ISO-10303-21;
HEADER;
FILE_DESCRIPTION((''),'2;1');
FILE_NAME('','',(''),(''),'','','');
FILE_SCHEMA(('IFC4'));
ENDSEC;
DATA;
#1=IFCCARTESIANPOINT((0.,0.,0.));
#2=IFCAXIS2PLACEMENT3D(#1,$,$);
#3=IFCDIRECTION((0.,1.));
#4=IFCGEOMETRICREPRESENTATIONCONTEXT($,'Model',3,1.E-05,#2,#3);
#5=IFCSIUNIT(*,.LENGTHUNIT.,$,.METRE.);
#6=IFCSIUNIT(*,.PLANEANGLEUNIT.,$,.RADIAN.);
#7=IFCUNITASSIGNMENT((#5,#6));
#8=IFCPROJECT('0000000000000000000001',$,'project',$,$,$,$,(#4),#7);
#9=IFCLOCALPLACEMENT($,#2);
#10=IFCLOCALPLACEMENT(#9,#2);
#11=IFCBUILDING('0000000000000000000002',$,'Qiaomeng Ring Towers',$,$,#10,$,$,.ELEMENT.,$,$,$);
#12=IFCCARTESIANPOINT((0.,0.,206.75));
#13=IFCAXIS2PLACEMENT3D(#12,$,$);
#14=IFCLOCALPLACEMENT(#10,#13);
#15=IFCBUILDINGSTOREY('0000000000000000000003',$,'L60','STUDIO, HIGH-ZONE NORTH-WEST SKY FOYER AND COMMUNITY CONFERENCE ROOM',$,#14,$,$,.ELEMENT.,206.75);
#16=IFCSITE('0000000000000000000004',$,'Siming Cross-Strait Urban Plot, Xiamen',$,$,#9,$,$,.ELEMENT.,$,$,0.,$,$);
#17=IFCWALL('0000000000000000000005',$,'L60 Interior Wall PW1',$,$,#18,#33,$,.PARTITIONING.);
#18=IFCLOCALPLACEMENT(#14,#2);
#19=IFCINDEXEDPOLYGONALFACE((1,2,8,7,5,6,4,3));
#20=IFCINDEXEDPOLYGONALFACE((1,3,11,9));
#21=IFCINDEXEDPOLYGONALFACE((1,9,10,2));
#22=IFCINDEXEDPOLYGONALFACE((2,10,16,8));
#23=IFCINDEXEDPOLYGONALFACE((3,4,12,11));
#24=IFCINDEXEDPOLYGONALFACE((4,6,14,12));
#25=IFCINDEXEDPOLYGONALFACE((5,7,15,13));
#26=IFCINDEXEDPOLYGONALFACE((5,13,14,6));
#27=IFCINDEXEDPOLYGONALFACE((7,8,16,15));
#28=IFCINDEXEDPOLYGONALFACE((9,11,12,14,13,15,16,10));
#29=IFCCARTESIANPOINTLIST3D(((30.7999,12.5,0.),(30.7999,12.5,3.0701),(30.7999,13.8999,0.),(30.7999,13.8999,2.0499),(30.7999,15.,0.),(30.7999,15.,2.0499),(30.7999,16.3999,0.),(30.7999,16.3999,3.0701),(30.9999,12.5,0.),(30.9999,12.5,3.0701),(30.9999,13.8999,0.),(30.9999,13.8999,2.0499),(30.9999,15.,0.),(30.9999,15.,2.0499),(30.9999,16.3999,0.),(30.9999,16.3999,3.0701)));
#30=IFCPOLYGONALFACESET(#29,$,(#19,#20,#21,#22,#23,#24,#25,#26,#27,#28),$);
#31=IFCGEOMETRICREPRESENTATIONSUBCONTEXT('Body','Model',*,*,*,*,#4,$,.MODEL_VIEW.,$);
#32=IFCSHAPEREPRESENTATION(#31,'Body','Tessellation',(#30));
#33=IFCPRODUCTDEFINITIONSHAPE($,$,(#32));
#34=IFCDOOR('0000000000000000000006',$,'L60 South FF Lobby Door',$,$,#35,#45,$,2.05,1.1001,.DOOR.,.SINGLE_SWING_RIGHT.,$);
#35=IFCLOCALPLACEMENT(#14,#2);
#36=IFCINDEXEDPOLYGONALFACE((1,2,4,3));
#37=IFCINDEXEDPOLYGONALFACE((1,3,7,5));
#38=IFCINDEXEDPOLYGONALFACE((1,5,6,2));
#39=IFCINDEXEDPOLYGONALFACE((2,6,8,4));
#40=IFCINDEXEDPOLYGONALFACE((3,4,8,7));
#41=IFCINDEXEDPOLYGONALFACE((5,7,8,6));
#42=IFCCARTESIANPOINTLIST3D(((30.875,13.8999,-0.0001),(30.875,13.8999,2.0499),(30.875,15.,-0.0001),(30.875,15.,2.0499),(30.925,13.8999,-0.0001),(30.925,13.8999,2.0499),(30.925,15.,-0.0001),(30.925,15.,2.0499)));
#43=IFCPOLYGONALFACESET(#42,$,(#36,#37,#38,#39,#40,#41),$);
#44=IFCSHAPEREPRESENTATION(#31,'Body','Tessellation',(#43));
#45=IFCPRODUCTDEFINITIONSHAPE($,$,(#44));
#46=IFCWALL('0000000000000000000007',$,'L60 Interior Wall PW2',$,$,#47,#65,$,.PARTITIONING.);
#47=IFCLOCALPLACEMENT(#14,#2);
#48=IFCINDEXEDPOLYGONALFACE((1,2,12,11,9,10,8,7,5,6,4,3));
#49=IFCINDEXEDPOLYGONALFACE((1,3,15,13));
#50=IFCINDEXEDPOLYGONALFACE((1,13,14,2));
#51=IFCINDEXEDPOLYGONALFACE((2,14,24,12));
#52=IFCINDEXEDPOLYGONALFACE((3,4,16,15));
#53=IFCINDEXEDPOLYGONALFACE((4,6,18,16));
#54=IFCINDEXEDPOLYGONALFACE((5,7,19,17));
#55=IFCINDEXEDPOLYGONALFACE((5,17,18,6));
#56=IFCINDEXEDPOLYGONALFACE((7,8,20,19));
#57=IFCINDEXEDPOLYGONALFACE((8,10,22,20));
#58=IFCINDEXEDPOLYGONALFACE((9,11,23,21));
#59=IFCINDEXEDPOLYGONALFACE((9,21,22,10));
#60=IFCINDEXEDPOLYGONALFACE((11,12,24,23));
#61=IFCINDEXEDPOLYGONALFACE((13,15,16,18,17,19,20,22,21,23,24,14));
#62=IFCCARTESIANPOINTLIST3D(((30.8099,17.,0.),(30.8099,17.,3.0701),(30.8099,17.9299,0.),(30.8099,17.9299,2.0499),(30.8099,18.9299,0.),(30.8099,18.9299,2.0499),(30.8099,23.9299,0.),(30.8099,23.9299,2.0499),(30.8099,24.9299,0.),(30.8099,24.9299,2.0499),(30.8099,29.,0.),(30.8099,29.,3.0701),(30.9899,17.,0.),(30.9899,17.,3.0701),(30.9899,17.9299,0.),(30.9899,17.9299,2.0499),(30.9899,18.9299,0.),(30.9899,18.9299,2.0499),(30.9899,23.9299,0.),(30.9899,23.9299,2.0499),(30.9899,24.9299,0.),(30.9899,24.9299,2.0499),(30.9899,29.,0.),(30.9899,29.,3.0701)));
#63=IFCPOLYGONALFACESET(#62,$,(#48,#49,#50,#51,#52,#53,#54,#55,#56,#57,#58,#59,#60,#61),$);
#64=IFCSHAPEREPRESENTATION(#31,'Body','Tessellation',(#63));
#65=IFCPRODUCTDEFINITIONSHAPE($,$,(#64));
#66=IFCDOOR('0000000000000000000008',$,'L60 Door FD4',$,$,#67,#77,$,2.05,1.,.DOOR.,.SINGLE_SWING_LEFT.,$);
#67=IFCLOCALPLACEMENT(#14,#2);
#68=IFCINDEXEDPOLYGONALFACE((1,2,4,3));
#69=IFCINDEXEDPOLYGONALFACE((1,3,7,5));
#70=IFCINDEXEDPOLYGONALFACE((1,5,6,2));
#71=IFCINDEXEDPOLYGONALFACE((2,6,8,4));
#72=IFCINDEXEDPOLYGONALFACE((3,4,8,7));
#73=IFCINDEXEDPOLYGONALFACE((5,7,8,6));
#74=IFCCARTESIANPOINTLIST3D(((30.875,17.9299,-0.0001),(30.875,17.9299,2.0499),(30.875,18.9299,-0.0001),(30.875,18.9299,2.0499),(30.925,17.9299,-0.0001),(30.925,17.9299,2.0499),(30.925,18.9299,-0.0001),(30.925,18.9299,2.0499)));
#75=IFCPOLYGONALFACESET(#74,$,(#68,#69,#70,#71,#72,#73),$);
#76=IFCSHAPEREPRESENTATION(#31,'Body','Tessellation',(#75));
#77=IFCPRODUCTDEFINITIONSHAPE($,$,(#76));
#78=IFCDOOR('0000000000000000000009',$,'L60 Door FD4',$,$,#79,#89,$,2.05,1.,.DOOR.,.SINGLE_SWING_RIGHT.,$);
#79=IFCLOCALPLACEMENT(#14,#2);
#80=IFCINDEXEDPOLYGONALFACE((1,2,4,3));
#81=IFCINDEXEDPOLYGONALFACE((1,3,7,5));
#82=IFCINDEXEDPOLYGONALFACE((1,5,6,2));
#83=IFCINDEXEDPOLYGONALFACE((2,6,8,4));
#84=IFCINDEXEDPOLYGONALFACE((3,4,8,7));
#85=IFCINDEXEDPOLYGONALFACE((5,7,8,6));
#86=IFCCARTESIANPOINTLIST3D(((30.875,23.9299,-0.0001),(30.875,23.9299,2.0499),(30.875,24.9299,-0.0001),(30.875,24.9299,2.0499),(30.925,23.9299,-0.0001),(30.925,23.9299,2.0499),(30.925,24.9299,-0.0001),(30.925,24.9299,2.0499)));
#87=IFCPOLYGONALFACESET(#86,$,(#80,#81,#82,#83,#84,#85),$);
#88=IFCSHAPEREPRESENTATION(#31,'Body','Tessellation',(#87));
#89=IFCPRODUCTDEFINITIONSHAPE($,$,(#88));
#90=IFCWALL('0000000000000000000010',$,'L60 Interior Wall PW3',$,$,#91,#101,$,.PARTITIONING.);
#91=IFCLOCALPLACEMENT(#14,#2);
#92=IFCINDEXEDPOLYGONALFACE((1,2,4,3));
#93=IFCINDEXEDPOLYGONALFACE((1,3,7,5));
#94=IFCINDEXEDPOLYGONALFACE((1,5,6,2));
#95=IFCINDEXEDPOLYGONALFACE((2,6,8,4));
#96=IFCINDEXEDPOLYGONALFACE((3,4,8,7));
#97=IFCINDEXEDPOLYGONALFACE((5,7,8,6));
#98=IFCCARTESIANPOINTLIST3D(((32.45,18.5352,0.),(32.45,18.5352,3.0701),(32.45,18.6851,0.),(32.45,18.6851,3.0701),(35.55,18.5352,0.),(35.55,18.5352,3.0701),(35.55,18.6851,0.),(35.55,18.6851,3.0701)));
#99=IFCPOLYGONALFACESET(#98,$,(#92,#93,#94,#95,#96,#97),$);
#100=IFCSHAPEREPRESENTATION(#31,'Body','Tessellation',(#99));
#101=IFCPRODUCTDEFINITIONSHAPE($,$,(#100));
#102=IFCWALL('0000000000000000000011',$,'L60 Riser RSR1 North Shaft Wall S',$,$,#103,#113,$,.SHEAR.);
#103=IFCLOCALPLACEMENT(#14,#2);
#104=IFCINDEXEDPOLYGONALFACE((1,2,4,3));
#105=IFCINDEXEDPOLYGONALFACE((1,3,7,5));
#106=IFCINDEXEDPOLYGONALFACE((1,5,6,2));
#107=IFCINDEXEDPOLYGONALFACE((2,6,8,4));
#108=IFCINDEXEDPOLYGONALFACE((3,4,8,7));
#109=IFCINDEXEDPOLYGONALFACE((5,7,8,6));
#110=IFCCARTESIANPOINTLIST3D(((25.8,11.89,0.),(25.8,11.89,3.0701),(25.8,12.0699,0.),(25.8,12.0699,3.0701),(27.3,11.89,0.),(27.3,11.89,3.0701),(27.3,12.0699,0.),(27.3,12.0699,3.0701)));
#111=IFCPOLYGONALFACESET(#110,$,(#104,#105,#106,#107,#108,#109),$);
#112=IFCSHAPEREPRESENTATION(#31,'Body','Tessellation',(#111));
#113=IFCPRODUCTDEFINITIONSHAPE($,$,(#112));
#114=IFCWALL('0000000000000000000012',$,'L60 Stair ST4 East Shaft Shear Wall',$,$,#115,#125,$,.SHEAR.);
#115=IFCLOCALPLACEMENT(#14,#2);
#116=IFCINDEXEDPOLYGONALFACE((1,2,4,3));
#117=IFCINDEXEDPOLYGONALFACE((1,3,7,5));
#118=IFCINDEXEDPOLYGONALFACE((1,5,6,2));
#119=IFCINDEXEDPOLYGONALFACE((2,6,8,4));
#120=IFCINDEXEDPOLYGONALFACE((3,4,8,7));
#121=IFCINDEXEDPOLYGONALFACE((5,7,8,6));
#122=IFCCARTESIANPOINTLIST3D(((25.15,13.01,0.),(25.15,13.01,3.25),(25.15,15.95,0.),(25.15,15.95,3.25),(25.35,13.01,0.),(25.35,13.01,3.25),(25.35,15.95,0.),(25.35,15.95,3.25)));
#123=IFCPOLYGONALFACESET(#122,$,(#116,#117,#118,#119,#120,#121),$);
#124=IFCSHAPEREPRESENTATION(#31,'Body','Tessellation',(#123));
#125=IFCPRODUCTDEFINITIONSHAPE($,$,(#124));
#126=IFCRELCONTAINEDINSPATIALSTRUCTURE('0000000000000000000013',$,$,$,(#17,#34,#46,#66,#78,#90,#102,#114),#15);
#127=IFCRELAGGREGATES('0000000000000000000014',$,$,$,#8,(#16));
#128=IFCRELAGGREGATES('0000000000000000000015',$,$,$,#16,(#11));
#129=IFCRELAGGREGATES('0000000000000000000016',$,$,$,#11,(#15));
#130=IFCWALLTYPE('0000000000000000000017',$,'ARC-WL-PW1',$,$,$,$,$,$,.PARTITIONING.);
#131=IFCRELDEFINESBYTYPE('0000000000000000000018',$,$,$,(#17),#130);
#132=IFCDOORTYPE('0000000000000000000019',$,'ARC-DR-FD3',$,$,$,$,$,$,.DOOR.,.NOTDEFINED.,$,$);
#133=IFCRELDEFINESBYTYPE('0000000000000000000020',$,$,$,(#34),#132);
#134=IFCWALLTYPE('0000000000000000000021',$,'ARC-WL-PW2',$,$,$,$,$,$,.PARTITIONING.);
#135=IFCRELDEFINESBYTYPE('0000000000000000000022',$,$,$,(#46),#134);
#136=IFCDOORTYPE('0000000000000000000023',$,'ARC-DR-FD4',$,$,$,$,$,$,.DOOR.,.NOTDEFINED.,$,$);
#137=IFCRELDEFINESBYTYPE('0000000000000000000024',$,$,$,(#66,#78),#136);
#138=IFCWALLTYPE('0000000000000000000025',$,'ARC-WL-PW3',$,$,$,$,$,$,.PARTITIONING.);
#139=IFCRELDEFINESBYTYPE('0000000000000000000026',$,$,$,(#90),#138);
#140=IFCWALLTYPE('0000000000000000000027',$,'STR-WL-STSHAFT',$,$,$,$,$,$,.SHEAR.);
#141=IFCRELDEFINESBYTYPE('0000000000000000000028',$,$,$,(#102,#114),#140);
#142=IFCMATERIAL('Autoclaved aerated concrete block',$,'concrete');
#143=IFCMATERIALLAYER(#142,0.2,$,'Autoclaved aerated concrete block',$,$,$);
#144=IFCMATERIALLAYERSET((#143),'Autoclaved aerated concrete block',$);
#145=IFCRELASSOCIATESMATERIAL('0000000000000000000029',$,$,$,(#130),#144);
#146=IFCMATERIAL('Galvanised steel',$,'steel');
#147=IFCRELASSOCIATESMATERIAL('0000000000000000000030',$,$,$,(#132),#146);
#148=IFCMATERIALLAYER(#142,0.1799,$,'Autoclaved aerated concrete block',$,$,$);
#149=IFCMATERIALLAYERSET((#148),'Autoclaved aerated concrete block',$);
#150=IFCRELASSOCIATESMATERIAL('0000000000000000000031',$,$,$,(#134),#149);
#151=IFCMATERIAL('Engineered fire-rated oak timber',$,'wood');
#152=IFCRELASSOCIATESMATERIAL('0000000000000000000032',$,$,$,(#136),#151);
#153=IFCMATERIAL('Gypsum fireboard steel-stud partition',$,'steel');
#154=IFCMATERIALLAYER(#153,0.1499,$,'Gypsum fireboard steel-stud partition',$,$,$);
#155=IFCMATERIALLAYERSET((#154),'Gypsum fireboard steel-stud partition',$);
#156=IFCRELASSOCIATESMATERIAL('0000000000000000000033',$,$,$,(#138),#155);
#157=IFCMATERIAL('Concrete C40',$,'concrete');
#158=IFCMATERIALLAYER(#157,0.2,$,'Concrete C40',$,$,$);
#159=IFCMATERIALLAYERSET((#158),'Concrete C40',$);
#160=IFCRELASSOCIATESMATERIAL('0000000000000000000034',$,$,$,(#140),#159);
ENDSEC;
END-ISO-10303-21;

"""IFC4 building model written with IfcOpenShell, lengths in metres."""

from ifc_helpers import new_model, si_unit, direction, frame, frame_2d, origin, place, context, subcontext, project, spatial, rectangle, extrude, source, transform, mapped, material, layer, layer_set, type_object, element, fill, save


model = new_model("IFC4")

# Units and contexts
model_context = context("Model", 3, precision=1e-05, world=origin(), true_north=direction((0.0, 1.0)))
body_context = subcontext(model_context, "Body", "Model", "MODEL_VIEW")
ifc_project = project(units=[si_unit("LENGTHUNIT", "METRE"), si_unit("PLANEANGLEUNIT", "RADIAN")], contexts=[model_context])

# Site, building, storey
site_placement = place(None, origin())
site = spatial("IfcSite", under=ifc_project, at=site_placement, Name="Siming Cross-Strait Urban Plot, Xiamen", CompositionType="ELEMENT", RefElevation=0.0)
building_placement = place(site_placement, origin())
building = spatial("IfcBuilding", under=site, at=building_placement, Name="Qiaomeng Ring Towers", CompositionType="ELEMENT")
storey_placement = place(building_placement, frame((0.0, 0.0, 206.75)))
storey = spatial("IfcBuildingStorey", under=building, at=storey_placement, Name="L60", Description="STUDIO, HIGH-ZONE NORTH-WEST SKY FOYER AND COMMUNITY CONFERENCE ROOM", CompositionType="ELEMENT", Elevation=206.75)

# Shared definitions
ifc_material_1 = material(Name="Concrete C40", Category="concrete")

# Shared definitions
ifc_material_2 = material(Name="Autoclaved aerated concrete block", Category="concrete")
ifc_layer_1 = layer(ifc_material_2, 0.2, Name="Autoclaved aerated concrete block")
ifc_layer_set_1 = layer_set([ifc_layer_1], Name="Autoclaved aerated concrete block")
wall_type_1 = type_object("IfcWallType", Name="ARC-WL-PW1", PredefinedType="PARTITIONING", material=ifc_layer_set_1)

# Wall, opening, door
wall_1_placement = place(storey_placement, frame((30.8999, 12.5, 0.0), z_axis=(0.0, 0.0, 1.0), x_axis=(0.0, 1.0, 0.0)))
wall_1 = element("IfcWall", 1, at=wall_1_placement, inside=storey, type_object=wall_type_1, Name="L60 Interior Wall PW1", PredefinedType="PARTITIONING", context=body_context, shape_type="SweptSolid", body=[
    extrude(rectangle(XDim=3.8999, YDim=0.2, at=frame_2d((1.95, 0.0))), origin(), (0.0, 0.0, 1.0), 3.0701),
])
opening_1_placement = place(wall_1_placement, frame((1.3999, 0.0, 0.0)))
opening_1 = element("IfcOpeningElement", 2, at=opening_1_placement, cuts=wall_1, PredefinedType="OPENING", context=body_context, shape_type="SweptSolid", body=[
    extrude(rectangle(XDim=1.1001, YDim=2.05, at=frame_2d((0.55, 1.0249))), frame((0.0, 0.1099, 0.0), z_axis=(0.0, -1.0, 0.0), x_axis=(1.0, 0.0, 0.0)), (0.0, 0.0, 1.0), 0.22),
])
ifc_material_3 = material(Name="Galvanised steel", Category="steel")
door_type_1 = type_object("IfcDoorType", Name="ARC-DR-FD3", OperationType="NOTDEFINED", PredefinedType="DOOR", material=ifc_material_3)
shared_shape_1 = source(origin(), body_context, "Body", "SweptSolid", [
    extrude(rectangle(XDim=1.1001, YDim=2.05, at=frame_2d((0.55, 1.0249))), frame((0.0, 0.0249, 0.0), z_axis=(0.0, -1.0, 0.0), x_axis=(1.0, 0.0, 0.0)), (0.0, 0.0, 1.0), 0.05),
])
door_1_placement = place(opening_1_placement, origin())
door_1 = element("IfcDoor", 3, at=door_1_placement, inside=storey, type_object=door_type_1, Name="L60 South FF Lobby Door", OperationType="SINGLE_SWING_RIGHT", OverallHeight=2.05, OverallWidth=1.1001, PredefinedType="DOOR", context=body_context, shape_type="MappedRepresentation", body=[
    mapped(shared_shape_1, transform((0.0, 0.0, 0.0), x_axis=(1.0, 0.0, 0.0), y_axis=(0.0, 1.0, 0.0), z_axis=(0.0, 0.0, 1.0), scale=1.0)),
])
fill(opening_1, door_1)

# Wall, openings, doors
ifc_layer_2 = layer(ifc_material_2, 0.1799, Name="Autoclaved aerated concrete block")
ifc_layer_set_2 = layer_set([ifc_layer_2], Name="Autoclaved aerated concrete block")
wall_type_2 = type_object("IfcWallType", Name="ARC-WL-PW2", PredefinedType="PARTITIONING", material=ifc_layer_set_2)
wall_2_placement = place(storey_placement, frame((30.8999, 17.0, 0.0), z_axis=(0.0, 0.0, 1.0), x_axis=(0.0, 1.0, 0.0)))
wall_2 = element("IfcWall", 4, at=wall_2_placement, inside=storey, type_object=wall_type_2, Name="L60 Interior Wall PW2", PredefinedType="PARTITIONING", context=body_context, shape_type="SweptSolid", body=[
    extrude(rectangle(XDim=12.0, YDim=0.1799, at=frame_2d((6.0, 0.0))), origin(), (0.0, 0.0, 1.0), 3.0701),
])
opening_2_placement = place(wall_2_placement, frame((0.9299, 0.0, 0.0)))
opening_2 = element("IfcOpeningElement", 5, at=opening_2_placement, cuts=wall_2, PredefinedType="OPENING", context=body_context, shape_type="SweptSolid", body=[
    extrude(rectangle(XDim=1.0, YDim=2.05, at=frame_2d((0.5, 1.0249))), frame((0.0, 0.0999, 0.0), z_axis=(0.0, -1.0, 0.0), x_axis=(1.0, 0.0, 0.0)), (0.0, 0.0, 1.0), 0.2),
])
opening_3_placement = place(wall_2_placement, frame((6.9299, 0.0, 0.0)))
opening_3 = element("IfcOpeningElement", 6, at=opening_3_placement, cuts=wall_2, PredefinedType="OPENING", context=body_context, shape_type="SweptSolid", body=[
    extrude(rectangle(XDim=1.0, YDim=2.05, at=frame_2d((0.5, 1.0249))), frame((0.0, 0.0999, 0.0), z_axis=(0.0, -1.0, 0.0), x_axis=(1.0, 0.0, 0.0)), (0.0, 0.0, 1.0), 0.2),
])
ifc_material_4 = material(Name="Engineered fire-rated oak timber", Category="wood")
door_type_2 = type_object("IfcDoorType", Name="ARC-DR-FD4", OperationType="NOTDEFINED", PredefinedType="DOOR", material=ifc_material_4)
shared_shape_2 = source(origin(), body_context, "Body", "SweptSolid", [
    extrude(rectangle(XDim=1.0, YDim=2.05, at=frame_2d((0.5, 1.0249))), frame((0.0, 0.0249, 0.0), z_axis=(0.0, -1.0, 0.0), x_axis=(1.0, 0.0, 0.0)), (0.0, 0.0, 1.0), 0.05),
])
door_2_placement = place(opening_2_placement, origin())
door_2 = element("IfcDoor", 7, at=door_2_placement, inside=storey, type_object=door_type_2, Name="L60 Door FD4", OperationType="SINGLE_SWING_LEFT", OverallHeight=2.05, OverallWidth=1.0, PredefinedType="DOOR", context=body_context, shape_type="MappedRepresentation", body=[
    mapped(shared_shape_2, transform((0.0, 0.0, 0.0), x_axis=(1.0, 0.0, 0.0), y_axis=(0.0, 1.0, 0.0), z_axis=(0.0, 0.0, 1.0), scale=1.0)),
])
fill(opening_2, door_2)
door_3_placement = place(opening_3_placement, origin())
door_3 = element("IfcDoor", 8, at=door_3_placement, inside=storey, type_object=door_type_2, Name="L60 Door FD4", OperationType="SINGLE_SWING_RIGHT", OverallHeight=2.05, OverallWidth=1.0, PredefinedType="DOOR", context=body_context, shape_type="MappedRepresentation", body=[
    mapped(shared_shape_2, transform((0.0, 0.0, 0.0), x_axis=(1.0, 0.0, 0.0), y_axis=(0.0, 1.0, 0.0), z_axis=(0.0, 0.0, 1.0), scale=1.0)),
])
fill(opening_3, door_3)

# Walls
ifc_material_5 = material(Name="Gypsum fireboard steel-stud partition", Category="steel")
ifc_layer_3 = layer(ifc_material_5, 0.1499, Name="Gypsum fireboard steel-stud partition")
ifc_layer_set_3 = layer_set([ifc_layer_3], Name="Gypsum fireboard steel-stud partition")
wall_type_3 = type_object("IfcWallType", Name="ARC-WL-PW3", PredefinedType="PARTITIONING", material=ifc_layer_set_3)
wall_3_placement = place(storey_placement, frame((32.45, 18.6101, 0.0), z_axis=(0.0, 0.0, 1.0), x_axis=(1.0, 0.0, 0.0)))
element("IfcWall", 9, at=wall_3_placement, inside=storey, type_object=wall_type_3, Name="L60 Interior Wall PW3", PredefinedType="PARTITIONING", context=body_context, shape_type="SweptSolid", body=[
    extrude(rectangle(XDim=3.1001, YDim=0.1499, at=frame_2d((1.55, 0.0))), origin(), (0.0, 0.0, 1.0), 3.0701),
])
ifc_layer_4 = layer(ifc_material_1, 0.2, Name="Concrete C40")
ifc_layer_set_4 = layer_set([ifc_layer_4], Name="Concrete C40")
wall_type_4 = type_object("IfcWallType", Name="STR-WL-STSHAFT", PredefinedType="SHEAR", material=ifc_layer_set_4)
wall_4_placement = place(storey_placement, frame((25.8, 11.98, 0.0), z_axis=(0.0, 0.0, 1.0), x_axis=(1.0, 0.0, 0.0)))
element("IfcWall", 10, at=wall_4_placement, inside=storey, type_object=wall_type_4, Name="L60 Riser RSR1 North Shaft Wall S", PredefinedType="SHEAR", context=body_context, shape_type="SweptSolid", body=[
    extrude(rectangle(XDim=1.5, YDim=0.1799, at=frame_2d((0.75, 0.0))), origin(), (0.0, 0.0, 1.0), 3.0701),
])
wall_5_placement = place(storey_placement, frame((25.25, 13.01, 0.0), z_axis=(0.0, 0.0, 1.0), x_axis=(0.0, 1.0, 0.0)))
element("IfcWall", 11, at=wall_5_placement, inside=storey, type_object=wall_type_4, Name="L60 Stair ST4 East Shaft Shear Wall", PredefinedType="SHEAR", context=body_context, shape_type="SweptSolid", body=[
    extrude(rectangle(XDim=2.9399, YDim=0.2, at=frame_2d((1.47, 0.0))), origin(), (0.0, 0.0, 1.0), 3.25),
])

save(model, "model.ifc")
